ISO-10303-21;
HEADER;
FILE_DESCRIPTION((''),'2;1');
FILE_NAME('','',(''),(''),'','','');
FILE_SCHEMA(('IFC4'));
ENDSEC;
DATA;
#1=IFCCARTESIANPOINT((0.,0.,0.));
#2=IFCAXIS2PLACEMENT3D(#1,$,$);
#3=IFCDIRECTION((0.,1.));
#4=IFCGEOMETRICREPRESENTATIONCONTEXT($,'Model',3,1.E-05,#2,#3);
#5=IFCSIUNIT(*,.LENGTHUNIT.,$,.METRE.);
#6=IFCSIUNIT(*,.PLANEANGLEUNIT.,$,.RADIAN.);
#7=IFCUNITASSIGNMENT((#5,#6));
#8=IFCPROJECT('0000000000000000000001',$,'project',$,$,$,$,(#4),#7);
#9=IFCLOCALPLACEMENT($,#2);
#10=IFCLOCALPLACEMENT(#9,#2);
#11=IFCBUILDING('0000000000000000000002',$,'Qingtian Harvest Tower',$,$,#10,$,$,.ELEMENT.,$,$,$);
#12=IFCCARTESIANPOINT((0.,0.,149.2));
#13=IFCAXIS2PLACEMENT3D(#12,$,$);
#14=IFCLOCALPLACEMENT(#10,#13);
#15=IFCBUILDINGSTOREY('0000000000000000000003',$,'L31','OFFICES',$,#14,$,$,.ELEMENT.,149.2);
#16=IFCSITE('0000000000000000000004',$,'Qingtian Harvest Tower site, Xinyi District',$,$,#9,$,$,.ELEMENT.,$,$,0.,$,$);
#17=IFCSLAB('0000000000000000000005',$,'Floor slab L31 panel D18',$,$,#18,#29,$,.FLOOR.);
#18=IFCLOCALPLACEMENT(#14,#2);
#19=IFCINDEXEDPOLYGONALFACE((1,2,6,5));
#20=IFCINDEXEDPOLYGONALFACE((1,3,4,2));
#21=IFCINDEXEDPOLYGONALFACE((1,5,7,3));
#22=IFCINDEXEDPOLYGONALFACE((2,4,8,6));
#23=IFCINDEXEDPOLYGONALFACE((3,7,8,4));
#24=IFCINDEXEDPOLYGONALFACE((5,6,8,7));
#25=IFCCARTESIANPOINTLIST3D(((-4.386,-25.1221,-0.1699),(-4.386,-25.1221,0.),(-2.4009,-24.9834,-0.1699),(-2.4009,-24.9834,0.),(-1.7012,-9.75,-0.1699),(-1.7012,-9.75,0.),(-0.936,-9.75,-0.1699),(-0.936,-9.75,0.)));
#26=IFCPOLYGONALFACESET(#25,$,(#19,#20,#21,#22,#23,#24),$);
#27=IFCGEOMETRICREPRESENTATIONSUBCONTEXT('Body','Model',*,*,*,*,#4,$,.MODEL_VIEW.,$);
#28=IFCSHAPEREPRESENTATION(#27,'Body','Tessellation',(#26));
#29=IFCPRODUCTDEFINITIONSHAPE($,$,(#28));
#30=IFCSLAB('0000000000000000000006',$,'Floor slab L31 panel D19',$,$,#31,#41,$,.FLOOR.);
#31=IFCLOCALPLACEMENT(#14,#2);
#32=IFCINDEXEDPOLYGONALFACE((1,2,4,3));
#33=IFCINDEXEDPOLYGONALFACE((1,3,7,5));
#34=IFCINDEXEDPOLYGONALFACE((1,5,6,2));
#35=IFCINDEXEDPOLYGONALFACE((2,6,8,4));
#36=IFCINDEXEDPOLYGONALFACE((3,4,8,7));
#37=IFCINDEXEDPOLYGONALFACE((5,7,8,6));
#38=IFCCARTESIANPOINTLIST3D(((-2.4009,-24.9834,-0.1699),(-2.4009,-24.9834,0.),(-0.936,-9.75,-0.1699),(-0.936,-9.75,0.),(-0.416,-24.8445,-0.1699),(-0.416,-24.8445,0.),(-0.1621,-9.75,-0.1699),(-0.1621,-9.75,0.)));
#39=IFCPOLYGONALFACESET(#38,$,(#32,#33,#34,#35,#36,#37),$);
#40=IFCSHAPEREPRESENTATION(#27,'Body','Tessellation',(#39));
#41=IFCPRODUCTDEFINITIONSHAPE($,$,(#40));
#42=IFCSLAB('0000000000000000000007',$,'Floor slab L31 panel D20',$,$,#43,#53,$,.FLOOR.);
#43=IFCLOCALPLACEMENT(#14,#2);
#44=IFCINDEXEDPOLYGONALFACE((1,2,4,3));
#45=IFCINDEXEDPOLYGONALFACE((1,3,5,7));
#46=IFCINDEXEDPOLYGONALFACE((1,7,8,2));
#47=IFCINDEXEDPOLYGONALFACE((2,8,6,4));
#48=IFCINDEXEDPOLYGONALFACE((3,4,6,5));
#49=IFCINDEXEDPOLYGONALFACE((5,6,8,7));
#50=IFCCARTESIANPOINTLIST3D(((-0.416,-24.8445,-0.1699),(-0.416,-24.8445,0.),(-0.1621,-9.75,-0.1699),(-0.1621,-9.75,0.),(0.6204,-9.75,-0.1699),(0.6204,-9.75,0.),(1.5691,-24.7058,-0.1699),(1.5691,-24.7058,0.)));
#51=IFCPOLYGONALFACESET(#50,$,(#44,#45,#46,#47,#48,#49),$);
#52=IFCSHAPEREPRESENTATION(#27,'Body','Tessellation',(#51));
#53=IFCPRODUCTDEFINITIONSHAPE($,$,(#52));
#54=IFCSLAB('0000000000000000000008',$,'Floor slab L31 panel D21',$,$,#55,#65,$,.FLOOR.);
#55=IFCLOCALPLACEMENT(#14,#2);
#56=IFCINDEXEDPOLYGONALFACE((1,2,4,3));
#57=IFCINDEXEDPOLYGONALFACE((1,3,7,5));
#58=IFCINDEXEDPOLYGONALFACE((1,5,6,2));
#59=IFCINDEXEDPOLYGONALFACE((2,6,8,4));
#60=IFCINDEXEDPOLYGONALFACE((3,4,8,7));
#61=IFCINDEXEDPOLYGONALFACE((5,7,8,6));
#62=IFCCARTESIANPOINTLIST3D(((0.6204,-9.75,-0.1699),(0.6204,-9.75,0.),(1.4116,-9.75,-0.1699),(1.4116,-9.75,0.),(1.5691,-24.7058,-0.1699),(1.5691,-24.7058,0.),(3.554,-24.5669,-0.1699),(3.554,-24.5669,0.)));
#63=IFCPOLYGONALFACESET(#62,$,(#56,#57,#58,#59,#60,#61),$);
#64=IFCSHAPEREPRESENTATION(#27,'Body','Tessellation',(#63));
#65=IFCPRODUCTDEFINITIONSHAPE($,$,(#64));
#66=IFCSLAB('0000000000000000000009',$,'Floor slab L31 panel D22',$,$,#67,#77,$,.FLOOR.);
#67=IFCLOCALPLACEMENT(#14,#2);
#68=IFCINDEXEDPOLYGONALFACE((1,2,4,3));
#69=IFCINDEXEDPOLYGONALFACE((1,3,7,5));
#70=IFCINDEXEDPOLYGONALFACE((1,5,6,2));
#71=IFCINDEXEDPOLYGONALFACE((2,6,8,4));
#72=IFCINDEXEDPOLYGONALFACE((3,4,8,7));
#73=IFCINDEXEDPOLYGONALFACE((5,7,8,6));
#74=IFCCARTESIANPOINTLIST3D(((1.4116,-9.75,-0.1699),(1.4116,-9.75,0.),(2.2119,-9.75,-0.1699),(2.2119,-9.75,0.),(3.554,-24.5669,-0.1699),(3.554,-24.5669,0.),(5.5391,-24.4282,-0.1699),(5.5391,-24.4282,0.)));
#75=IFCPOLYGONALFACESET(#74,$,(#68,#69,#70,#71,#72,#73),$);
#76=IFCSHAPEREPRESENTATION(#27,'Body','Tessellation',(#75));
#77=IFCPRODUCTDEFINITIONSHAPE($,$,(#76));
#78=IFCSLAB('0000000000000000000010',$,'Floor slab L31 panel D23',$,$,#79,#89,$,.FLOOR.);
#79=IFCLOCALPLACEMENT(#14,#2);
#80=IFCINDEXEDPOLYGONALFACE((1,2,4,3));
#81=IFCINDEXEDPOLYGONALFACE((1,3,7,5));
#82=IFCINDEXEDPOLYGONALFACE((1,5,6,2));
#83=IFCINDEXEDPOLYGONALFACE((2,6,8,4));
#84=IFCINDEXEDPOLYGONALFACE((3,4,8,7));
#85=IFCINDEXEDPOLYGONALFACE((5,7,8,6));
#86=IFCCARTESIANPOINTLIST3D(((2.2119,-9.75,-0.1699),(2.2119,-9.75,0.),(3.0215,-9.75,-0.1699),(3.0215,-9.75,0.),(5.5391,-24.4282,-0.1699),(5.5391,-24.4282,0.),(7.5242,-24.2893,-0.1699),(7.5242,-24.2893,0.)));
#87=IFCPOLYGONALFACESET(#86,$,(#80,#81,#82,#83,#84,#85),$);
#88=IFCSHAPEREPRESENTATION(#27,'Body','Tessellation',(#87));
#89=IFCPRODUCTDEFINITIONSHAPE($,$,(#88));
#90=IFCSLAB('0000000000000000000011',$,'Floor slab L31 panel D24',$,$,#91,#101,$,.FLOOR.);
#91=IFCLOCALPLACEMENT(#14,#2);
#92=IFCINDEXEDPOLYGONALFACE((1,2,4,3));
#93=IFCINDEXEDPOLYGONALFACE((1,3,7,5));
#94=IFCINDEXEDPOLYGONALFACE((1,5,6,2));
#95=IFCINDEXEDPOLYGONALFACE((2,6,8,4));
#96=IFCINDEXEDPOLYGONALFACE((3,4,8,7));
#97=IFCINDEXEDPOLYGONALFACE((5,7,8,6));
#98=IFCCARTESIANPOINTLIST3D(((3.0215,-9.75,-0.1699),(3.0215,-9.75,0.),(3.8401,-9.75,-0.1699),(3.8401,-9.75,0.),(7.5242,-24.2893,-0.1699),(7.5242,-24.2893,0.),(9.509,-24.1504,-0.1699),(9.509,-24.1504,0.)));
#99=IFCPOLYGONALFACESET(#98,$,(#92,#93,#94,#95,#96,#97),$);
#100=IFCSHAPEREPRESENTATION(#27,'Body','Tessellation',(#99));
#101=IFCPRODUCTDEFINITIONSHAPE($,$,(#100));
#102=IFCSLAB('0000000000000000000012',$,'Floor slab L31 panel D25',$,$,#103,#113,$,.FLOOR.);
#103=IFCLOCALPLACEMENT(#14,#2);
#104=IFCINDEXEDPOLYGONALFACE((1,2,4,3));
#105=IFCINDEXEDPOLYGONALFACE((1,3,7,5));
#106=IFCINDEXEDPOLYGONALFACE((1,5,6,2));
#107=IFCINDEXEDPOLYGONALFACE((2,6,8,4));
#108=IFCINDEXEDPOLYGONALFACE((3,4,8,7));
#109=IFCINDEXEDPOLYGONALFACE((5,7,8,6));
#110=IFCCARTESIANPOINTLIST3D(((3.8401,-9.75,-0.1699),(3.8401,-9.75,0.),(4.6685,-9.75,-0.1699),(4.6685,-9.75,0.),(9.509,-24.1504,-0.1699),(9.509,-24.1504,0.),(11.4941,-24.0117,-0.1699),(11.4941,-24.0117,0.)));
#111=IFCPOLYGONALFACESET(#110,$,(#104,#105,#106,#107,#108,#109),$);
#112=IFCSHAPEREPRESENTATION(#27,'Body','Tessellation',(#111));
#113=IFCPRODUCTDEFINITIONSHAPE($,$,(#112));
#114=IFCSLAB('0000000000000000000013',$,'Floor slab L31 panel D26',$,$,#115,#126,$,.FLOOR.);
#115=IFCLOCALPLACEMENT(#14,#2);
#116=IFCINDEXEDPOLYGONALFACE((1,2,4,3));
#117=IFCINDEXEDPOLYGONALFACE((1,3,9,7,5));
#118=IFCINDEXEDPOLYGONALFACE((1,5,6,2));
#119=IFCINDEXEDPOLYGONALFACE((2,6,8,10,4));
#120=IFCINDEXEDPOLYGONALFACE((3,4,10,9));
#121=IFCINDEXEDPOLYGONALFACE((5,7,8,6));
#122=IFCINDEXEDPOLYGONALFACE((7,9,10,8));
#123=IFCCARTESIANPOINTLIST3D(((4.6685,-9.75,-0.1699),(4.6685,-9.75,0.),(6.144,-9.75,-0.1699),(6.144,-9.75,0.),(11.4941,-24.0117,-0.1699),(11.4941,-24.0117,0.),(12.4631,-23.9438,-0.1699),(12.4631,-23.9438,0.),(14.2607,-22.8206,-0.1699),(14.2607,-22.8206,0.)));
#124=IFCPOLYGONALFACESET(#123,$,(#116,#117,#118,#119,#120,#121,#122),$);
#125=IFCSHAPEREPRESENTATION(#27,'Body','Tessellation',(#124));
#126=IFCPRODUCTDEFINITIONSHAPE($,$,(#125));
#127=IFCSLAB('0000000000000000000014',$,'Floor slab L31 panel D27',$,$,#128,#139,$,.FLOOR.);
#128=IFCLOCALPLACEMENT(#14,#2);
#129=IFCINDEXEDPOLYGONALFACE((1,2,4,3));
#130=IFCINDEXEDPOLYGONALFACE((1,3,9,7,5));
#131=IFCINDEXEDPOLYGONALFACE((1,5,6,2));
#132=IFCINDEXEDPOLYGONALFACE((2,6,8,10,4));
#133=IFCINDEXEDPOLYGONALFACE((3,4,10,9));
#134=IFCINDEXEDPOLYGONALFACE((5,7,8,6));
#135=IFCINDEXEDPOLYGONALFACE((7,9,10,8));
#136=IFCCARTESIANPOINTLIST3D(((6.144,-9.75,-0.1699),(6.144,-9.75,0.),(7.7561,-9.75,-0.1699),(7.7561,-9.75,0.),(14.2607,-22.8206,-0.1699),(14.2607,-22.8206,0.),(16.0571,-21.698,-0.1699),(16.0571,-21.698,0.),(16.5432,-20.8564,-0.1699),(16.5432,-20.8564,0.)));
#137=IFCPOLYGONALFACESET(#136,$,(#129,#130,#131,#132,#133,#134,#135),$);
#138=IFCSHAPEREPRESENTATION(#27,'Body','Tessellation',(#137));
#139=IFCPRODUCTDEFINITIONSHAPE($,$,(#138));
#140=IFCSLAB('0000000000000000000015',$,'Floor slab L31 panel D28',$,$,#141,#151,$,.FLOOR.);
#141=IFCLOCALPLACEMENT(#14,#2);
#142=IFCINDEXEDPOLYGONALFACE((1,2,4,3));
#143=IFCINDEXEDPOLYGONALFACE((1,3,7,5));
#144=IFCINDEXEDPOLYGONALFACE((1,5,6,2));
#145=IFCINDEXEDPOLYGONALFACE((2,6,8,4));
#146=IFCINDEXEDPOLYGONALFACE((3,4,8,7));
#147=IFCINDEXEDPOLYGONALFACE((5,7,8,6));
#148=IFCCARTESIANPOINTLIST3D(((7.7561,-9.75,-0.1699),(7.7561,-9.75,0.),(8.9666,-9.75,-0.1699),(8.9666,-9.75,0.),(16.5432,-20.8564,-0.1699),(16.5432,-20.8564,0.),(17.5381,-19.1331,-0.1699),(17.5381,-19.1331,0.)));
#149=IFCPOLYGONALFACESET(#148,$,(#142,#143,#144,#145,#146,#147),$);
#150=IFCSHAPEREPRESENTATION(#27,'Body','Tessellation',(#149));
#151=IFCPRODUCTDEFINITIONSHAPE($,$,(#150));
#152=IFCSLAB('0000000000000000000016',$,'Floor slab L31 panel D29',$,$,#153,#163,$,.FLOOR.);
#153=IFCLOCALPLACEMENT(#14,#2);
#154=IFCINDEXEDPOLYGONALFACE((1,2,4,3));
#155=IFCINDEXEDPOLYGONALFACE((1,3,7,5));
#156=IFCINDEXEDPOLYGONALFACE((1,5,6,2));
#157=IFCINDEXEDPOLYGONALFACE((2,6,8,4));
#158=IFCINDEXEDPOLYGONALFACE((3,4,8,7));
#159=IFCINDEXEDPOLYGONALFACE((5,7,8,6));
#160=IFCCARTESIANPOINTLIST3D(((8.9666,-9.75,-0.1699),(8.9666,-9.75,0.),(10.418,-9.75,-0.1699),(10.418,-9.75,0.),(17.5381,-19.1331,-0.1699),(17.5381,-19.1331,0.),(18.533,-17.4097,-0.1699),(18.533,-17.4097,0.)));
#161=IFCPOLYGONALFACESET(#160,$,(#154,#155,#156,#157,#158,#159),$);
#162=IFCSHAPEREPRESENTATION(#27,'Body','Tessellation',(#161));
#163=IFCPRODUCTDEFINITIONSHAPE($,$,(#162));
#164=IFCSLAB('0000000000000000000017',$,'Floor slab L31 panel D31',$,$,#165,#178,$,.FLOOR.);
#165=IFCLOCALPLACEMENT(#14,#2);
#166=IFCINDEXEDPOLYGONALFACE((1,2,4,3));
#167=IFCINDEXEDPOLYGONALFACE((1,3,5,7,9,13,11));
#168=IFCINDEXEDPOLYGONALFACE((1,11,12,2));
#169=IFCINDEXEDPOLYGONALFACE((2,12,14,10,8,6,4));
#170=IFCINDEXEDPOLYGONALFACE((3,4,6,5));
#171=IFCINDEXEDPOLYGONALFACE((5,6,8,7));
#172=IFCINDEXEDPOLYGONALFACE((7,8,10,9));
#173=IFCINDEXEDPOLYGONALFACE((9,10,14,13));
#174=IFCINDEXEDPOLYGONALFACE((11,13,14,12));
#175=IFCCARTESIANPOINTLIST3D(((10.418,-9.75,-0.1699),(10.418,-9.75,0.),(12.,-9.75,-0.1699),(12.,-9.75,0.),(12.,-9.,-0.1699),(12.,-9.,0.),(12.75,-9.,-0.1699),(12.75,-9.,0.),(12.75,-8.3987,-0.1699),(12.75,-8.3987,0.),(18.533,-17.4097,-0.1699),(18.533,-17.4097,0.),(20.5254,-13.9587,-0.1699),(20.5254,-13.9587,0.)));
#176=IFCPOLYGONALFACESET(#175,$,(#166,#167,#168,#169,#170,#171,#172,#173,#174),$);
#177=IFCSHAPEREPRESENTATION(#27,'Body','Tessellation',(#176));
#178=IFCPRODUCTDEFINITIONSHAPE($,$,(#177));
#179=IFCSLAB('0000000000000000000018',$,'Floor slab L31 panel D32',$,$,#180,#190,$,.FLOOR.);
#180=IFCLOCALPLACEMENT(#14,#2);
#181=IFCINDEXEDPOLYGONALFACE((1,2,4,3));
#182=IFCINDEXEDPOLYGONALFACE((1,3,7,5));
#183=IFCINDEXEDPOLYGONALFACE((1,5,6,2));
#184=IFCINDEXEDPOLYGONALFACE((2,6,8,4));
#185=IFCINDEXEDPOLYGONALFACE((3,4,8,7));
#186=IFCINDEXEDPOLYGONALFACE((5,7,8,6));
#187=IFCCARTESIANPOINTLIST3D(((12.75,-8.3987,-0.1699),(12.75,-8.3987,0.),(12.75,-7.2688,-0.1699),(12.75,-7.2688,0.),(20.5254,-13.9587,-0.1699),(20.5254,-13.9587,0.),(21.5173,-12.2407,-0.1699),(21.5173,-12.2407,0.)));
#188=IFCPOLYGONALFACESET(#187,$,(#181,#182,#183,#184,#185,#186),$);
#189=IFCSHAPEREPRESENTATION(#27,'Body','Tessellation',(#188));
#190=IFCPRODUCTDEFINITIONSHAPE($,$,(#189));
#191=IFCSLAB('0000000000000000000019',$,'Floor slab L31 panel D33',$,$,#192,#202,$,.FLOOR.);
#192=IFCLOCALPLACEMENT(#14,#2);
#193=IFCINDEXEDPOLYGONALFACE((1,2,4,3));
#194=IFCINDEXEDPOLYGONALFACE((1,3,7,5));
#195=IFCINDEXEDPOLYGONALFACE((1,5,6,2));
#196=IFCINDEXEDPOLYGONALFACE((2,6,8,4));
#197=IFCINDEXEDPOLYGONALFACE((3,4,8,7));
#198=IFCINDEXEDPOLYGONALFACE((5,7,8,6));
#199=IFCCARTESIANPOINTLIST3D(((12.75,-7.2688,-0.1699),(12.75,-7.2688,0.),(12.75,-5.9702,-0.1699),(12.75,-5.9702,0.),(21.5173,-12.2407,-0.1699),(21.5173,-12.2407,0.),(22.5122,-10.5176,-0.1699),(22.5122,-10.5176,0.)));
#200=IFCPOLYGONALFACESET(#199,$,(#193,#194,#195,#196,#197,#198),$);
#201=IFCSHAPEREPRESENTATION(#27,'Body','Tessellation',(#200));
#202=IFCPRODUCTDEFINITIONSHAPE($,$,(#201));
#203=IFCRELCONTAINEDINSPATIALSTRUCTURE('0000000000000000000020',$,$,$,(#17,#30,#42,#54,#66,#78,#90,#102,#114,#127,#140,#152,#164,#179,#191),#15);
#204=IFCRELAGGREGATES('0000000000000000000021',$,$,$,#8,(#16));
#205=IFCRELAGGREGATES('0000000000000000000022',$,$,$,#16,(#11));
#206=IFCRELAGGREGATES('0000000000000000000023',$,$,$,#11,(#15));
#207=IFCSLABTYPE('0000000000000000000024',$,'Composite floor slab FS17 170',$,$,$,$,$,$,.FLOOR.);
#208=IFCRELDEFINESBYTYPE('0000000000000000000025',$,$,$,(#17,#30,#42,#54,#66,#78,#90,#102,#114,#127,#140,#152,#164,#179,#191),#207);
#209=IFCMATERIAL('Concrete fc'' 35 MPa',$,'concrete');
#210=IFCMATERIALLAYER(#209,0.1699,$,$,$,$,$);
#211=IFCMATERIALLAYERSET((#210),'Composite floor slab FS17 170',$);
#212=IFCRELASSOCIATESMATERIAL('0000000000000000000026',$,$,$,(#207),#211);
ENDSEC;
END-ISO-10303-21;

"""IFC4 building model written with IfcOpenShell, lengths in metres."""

from ifc_helpers import new_model, si_unit, direction, frame, origin, place, context, subcontext, project, spatial, polyline, outline, extrude, material, layer, layer_set, type_object, element, save


model = new_model("IFC4")

# Units and contexts
model_context = context("Model", 3, precision=1e-05, world=origin(), true_north=direction((0.0, 1.0)))
body_context = subcontext(model_context, "Body", "Model", "MODEL_VIEW")
ifc_project = project(units=[si_unit("LENGTHUNIT", "METRE"), si_unit("PLANEANGLEUNIT", "RADIAN")], contexts=[model_context])

# Site, building, storey
site_placement = place(None, origin())
site = spatial("IfcSite", under=ifc_project, at=site_placement, Name="Qingtian Harvest Tower site, Xinyi District", CompositionType="ELEMENT", RefElevation=0.0)
building_placement = place(site_placement, origin())
building = spatial("IfcBuilding", under=site, at=building_placement, Name="Qingtian Harvest Tower", CompositionType="ELEMENT")
storey_placement = place(building_placement, frame((0.0, 0.0, 149.2)))
storey = spatial("IfcBuildingStorey", under=building, at=storey_placement, Name="L31", Description="OFFICES", CompositionType="ELEMENT", Elevation=149.2)

# Slabs
ifc_material = material(Name="Concrete fc' 35 MPa", Category="concrete")
ifc_layer = layer(ifc_material, 0.1699)
ifc_layer_set = layer_set([ifc_layer], Name="Composite floor slab FS17 170")
slab_type = type_object("IfcSlabType", Name="Composite floor slab FS17 170", PredefinedType="FLOOR", material=ifc_layer_set)
slab_1_placement = place(storey_placement, frame((0.0, 0.0, -0.1699)))
element("IfcSlab", 1, at=slab_1_placement, inside=storey, type_object=slab_type, Name="Floor slab L31 panel D18", PredefinedType="FLOOR", context=body_context, shape_type="SweptSolid", body=[
    extrude(outline(polyline([(-0.936, -9.75), (-2.4009, -24.9834), (-4.386, -25.1221), (-1.7012, -9.75), (-0.936, -9.75)])), origin(), (0.0, 0.0, 1.0), 0.1699),
])
slab_2_placement = place(storey_placement, frame((0.0, 0.0, -0.1699)))
element("IfcSlab", 2, at=slab_2_placement, inside=storey, type_object=slab_type, Name="Floor slab L31 panel D19", PredefinedType="FLOOR", context=body_context, shape_type="SweptSolid", body=[
    extrude(outline(polyline([(-0.1621, -9.75), (-0.416, -24.8445), (-2.4009, -24.9834), (-0.936, -9.75), (-0.1621, -9.75)])), origin(), (0.0, 0.0, 1.0), 0.1699),
])
slab_3_placement = place(storey_placement, frame((0.0, 0.0, -0.1699)))
element("IfcSlab", 3, at=slab_3_placement, inside=storey, type_object=slab_type, Name="Floor slab L31 panel D20", PredefinedType="FLOOR", context=body_context, shape_type="SweptSolid", body=[
    extrude(outline(polyline([(0.6204, -9.75), (1.5691, -24.7058), (-0.416, -24.8445), (-0.1621, -9.75), (0.6204, -9.75)])), origin(), (0.0, 0.0, 1.0), 0.1699),
])
slab_4_placement = place(storey_placement, frame((0.0, 0.0, -0.1699)))
element("IfcSlab", 4, at=slab_4_placement, inside=storey, type_object=slab_type, Name="Floor slab L31 panel D21", PredefinedType="FLOOR", context=body_context, shape_type="SweptSolid", body=[
    extrude(outline(polyline([(1.4116, -9.75), (3.554, -24.5669), (1.5691, -24.7058), (0.6204, -9.75), (1.4116, -9.75)])), origin(), (0.0, 0.0, 1.0), 0.1699),
])
slab_5_placement = place(storey_placement, frame((0.0, 0.0, -0.1699)))
element("IfcSlab", 5, at=slab_5_placement, inside=storey, type_object=slab_type, Name="Floor slab L31 panel D22", PredefinedType="FLOOR", context=body_context, shape_type="SweptSolid", body=[
    extrude(outline(polyline([(2.2119, -9.75), (5.5391, -24.4282), (3.554, -24.5669), (1.4116, -9.75), (2.2119, -9.75)])), origin(), (0.0, 0.0, 1.0), 0.1699),
])
slab_6_placement = place(storey_placement, frame((0.0, 0.0, -0.1699)))
element("IfcSlab", 6, at=slab_6_placement, inside=storey, type_object=slab_type, Name="Floor slab L31 panel D23", PredefinedType="FLOOR", context=body_context, shape_type="SweptSolid", body=[
    extrude(outline(polyline([(3.0215, -9.75), (7.5242, -24.2893), (5.5391, -24.4282), (2.2119, -9.75), (3.0215, -9.75)])), origin(), (0.0, 0.0, 1.0), 0.1699),
])
slab_7_placement = place(storey_placement, frame((0.0, 0.0, -0.1699)))
element("IfcSlab", 7, at=slab_7_placement, inside=storey, type_object=slab_type, Name="Floor slab L31 panel D24", PredefinedType="FLOOR", context=body_context, shape_type="SweptSolid", body=[
    extrude(outline(polyline([(3.8401, -9.75), (9.509, -24.1504), (7.5242, -24.2893), (3.0215, -9.75), (3.8401, -9.75)])), origin(), (0.0, 0.0, 1.0), 0.1699),
])
slab_8_placement = place(storey_placement, frame((0.0, 0.0, -0.1699)))
element("IfcSlab", 8, at=slab_8_placement, inside=storey, type_object=slab_type, Name="Floor slab L31 panel D25", PredefinedType="FLOOR", context=body_context, shape_type="SweptSolid", body=[
    extrude(outline(polyline([(4.6685, -9.75), (11.4941, -24.0117), (9.509, -24.1504), (3.8401, -9.75), (4.6685, -9.75)])), origin(), (0.0, 0.0, 1.0), 0.1699),
])
slab_9_placement = place(storey_placement, frame((0.0, 0.0, -0.1699)))
element("IfcSlab", 9, at=slab_9_placement, inside=storey, type_object=slab_type, Name="Floor slab L31 panel D26", PredefinedType="FLOOR", context=body_context, shape_type="SweptSolid", body=[
    extrude(outline(polyline([(4.6685, -9.75), (6.144, -9.75), (14.2607, -22.8206), (12.4631, -23.9438), (11.4941, -24.0117), (4.6685, -9.75)])), origin(), (0.0, 0.0, 1.0), 0.1699),
])
slab_10_placement = place(storey_placement, frame((0.0, 0.0, -0.1699)))
element("IfcSlab", 10, at=slab_10_placement, inside=storey, type_object=slab_type, Name="Floor slab L31 panel D27", PredefinedType="FLOOR", context=body_context, shape_type="SweptSolid", body=[
    extrude(outline(polyline([(6.144, -9.75), (7.7561, -9.75), (16.5432, -20.8564), (16.0571, -21.698), (14.2607, -22.8206), (6.144, -9.75)])), origin(), (0.0, 0.0, 1.0), 0.1699),
])
slab_11_placement = place(storey_placement, frame((0.0, 0.0, -0.1699)))
element("IfcSlab", 11, at=slab_11_placement, inside=storey, type_object=slab_type, Name="Floor slab L31 panel D28", PredefinedType="FLOOR", context=body_context, shape_type="SweptSolid", body=[
    extrude(outline(polyline([(8.9666, -9.75), (17.5381, -19.1331), (16.5432, -20.8564), (7.7561, -9.75), (8.9666, -9.75)])), origin(), (0.0, 0.0, 1.0), 0.1699),
])
slab_12_placement = place(storey_placement, frame((0.0, 0.0, -0.1699)))
element("IfcSlab", 12, at=slab_12_placement, inside=storey, type_object=slab_type, Name="Floor slab L31 panel D29", PredefinedType="FLOOR", context=body_context, shape_type="SweptSolid", body=[
    extrude(outline(polyline([(10.418, -9.75), (18.533, -17.4097), (17.5381, -19.1331), (8.9666, -9.75), (10.418, -9.75)])), origin(), (0.0, 0.0, 1.0), 0.1699),
])
slab_13_placement = place(storey_placement, frame((0.0, 0.0, -0.1699)))
element("IfcSlab", 13, at=slab_13_placement, inside=storey, type_object=slab_type, Name="Floor slab L31 panel D31", PredefinedType="FLOOR", context=body_context, shape_type="SweptSolid", body=[
    extrude(outline(polyline([(12.75, -8.3987), (20.5254, -13.9587), (18.533, -17.4097), (10.418, -9.75), (12.0, -9.75), (12.0, -9.0), (12.75, -9.0), (12.75, -8.3987)])), origin(), (0.0, 0.0, 1.0), 0.1699),
])
slab_14_placement = place(storey_placement, frame((0.0, 0.0, -0.1699)))
element("IfcSlab", 14, at=slab_14_placement, inside=storey, type_object=slab_type, Name="Floor slab L31 panel D32", PredefinedType="FLOOR", context=body_context, shape_type="SweptSolid", body=[
    extrude(outline(polyline([(12.75, -7.2688), (21.5173, -12.2407), (20.5254, -13.9587), (12.75, -8.3987), (12.75, -7.2688)])), origin(), (0.0, 0.0, 1.0), 0.1699),
])
slab_15_placement = place(storey_placement, frame((0.0, 0.0, -0.1699)))
element("IfcSlab", 15, at=slab_15_placement, inside=storey, type_object=slab_type, Name="Floor slab L31 panel D33", PredefinedType="FLOOR", context=body_context, shape_type="SweptSolid", body=[
    extrude(outline(polyline([(12.75, -5.9702), (22.5122, -10.5176), (21.5173, -12.2407), (12.75, -7.2688), (12.75, -5.9702)])), origin(), (0.0, 0.0, 1.0), 0.1699),
])

save(model, "model.ifc")
